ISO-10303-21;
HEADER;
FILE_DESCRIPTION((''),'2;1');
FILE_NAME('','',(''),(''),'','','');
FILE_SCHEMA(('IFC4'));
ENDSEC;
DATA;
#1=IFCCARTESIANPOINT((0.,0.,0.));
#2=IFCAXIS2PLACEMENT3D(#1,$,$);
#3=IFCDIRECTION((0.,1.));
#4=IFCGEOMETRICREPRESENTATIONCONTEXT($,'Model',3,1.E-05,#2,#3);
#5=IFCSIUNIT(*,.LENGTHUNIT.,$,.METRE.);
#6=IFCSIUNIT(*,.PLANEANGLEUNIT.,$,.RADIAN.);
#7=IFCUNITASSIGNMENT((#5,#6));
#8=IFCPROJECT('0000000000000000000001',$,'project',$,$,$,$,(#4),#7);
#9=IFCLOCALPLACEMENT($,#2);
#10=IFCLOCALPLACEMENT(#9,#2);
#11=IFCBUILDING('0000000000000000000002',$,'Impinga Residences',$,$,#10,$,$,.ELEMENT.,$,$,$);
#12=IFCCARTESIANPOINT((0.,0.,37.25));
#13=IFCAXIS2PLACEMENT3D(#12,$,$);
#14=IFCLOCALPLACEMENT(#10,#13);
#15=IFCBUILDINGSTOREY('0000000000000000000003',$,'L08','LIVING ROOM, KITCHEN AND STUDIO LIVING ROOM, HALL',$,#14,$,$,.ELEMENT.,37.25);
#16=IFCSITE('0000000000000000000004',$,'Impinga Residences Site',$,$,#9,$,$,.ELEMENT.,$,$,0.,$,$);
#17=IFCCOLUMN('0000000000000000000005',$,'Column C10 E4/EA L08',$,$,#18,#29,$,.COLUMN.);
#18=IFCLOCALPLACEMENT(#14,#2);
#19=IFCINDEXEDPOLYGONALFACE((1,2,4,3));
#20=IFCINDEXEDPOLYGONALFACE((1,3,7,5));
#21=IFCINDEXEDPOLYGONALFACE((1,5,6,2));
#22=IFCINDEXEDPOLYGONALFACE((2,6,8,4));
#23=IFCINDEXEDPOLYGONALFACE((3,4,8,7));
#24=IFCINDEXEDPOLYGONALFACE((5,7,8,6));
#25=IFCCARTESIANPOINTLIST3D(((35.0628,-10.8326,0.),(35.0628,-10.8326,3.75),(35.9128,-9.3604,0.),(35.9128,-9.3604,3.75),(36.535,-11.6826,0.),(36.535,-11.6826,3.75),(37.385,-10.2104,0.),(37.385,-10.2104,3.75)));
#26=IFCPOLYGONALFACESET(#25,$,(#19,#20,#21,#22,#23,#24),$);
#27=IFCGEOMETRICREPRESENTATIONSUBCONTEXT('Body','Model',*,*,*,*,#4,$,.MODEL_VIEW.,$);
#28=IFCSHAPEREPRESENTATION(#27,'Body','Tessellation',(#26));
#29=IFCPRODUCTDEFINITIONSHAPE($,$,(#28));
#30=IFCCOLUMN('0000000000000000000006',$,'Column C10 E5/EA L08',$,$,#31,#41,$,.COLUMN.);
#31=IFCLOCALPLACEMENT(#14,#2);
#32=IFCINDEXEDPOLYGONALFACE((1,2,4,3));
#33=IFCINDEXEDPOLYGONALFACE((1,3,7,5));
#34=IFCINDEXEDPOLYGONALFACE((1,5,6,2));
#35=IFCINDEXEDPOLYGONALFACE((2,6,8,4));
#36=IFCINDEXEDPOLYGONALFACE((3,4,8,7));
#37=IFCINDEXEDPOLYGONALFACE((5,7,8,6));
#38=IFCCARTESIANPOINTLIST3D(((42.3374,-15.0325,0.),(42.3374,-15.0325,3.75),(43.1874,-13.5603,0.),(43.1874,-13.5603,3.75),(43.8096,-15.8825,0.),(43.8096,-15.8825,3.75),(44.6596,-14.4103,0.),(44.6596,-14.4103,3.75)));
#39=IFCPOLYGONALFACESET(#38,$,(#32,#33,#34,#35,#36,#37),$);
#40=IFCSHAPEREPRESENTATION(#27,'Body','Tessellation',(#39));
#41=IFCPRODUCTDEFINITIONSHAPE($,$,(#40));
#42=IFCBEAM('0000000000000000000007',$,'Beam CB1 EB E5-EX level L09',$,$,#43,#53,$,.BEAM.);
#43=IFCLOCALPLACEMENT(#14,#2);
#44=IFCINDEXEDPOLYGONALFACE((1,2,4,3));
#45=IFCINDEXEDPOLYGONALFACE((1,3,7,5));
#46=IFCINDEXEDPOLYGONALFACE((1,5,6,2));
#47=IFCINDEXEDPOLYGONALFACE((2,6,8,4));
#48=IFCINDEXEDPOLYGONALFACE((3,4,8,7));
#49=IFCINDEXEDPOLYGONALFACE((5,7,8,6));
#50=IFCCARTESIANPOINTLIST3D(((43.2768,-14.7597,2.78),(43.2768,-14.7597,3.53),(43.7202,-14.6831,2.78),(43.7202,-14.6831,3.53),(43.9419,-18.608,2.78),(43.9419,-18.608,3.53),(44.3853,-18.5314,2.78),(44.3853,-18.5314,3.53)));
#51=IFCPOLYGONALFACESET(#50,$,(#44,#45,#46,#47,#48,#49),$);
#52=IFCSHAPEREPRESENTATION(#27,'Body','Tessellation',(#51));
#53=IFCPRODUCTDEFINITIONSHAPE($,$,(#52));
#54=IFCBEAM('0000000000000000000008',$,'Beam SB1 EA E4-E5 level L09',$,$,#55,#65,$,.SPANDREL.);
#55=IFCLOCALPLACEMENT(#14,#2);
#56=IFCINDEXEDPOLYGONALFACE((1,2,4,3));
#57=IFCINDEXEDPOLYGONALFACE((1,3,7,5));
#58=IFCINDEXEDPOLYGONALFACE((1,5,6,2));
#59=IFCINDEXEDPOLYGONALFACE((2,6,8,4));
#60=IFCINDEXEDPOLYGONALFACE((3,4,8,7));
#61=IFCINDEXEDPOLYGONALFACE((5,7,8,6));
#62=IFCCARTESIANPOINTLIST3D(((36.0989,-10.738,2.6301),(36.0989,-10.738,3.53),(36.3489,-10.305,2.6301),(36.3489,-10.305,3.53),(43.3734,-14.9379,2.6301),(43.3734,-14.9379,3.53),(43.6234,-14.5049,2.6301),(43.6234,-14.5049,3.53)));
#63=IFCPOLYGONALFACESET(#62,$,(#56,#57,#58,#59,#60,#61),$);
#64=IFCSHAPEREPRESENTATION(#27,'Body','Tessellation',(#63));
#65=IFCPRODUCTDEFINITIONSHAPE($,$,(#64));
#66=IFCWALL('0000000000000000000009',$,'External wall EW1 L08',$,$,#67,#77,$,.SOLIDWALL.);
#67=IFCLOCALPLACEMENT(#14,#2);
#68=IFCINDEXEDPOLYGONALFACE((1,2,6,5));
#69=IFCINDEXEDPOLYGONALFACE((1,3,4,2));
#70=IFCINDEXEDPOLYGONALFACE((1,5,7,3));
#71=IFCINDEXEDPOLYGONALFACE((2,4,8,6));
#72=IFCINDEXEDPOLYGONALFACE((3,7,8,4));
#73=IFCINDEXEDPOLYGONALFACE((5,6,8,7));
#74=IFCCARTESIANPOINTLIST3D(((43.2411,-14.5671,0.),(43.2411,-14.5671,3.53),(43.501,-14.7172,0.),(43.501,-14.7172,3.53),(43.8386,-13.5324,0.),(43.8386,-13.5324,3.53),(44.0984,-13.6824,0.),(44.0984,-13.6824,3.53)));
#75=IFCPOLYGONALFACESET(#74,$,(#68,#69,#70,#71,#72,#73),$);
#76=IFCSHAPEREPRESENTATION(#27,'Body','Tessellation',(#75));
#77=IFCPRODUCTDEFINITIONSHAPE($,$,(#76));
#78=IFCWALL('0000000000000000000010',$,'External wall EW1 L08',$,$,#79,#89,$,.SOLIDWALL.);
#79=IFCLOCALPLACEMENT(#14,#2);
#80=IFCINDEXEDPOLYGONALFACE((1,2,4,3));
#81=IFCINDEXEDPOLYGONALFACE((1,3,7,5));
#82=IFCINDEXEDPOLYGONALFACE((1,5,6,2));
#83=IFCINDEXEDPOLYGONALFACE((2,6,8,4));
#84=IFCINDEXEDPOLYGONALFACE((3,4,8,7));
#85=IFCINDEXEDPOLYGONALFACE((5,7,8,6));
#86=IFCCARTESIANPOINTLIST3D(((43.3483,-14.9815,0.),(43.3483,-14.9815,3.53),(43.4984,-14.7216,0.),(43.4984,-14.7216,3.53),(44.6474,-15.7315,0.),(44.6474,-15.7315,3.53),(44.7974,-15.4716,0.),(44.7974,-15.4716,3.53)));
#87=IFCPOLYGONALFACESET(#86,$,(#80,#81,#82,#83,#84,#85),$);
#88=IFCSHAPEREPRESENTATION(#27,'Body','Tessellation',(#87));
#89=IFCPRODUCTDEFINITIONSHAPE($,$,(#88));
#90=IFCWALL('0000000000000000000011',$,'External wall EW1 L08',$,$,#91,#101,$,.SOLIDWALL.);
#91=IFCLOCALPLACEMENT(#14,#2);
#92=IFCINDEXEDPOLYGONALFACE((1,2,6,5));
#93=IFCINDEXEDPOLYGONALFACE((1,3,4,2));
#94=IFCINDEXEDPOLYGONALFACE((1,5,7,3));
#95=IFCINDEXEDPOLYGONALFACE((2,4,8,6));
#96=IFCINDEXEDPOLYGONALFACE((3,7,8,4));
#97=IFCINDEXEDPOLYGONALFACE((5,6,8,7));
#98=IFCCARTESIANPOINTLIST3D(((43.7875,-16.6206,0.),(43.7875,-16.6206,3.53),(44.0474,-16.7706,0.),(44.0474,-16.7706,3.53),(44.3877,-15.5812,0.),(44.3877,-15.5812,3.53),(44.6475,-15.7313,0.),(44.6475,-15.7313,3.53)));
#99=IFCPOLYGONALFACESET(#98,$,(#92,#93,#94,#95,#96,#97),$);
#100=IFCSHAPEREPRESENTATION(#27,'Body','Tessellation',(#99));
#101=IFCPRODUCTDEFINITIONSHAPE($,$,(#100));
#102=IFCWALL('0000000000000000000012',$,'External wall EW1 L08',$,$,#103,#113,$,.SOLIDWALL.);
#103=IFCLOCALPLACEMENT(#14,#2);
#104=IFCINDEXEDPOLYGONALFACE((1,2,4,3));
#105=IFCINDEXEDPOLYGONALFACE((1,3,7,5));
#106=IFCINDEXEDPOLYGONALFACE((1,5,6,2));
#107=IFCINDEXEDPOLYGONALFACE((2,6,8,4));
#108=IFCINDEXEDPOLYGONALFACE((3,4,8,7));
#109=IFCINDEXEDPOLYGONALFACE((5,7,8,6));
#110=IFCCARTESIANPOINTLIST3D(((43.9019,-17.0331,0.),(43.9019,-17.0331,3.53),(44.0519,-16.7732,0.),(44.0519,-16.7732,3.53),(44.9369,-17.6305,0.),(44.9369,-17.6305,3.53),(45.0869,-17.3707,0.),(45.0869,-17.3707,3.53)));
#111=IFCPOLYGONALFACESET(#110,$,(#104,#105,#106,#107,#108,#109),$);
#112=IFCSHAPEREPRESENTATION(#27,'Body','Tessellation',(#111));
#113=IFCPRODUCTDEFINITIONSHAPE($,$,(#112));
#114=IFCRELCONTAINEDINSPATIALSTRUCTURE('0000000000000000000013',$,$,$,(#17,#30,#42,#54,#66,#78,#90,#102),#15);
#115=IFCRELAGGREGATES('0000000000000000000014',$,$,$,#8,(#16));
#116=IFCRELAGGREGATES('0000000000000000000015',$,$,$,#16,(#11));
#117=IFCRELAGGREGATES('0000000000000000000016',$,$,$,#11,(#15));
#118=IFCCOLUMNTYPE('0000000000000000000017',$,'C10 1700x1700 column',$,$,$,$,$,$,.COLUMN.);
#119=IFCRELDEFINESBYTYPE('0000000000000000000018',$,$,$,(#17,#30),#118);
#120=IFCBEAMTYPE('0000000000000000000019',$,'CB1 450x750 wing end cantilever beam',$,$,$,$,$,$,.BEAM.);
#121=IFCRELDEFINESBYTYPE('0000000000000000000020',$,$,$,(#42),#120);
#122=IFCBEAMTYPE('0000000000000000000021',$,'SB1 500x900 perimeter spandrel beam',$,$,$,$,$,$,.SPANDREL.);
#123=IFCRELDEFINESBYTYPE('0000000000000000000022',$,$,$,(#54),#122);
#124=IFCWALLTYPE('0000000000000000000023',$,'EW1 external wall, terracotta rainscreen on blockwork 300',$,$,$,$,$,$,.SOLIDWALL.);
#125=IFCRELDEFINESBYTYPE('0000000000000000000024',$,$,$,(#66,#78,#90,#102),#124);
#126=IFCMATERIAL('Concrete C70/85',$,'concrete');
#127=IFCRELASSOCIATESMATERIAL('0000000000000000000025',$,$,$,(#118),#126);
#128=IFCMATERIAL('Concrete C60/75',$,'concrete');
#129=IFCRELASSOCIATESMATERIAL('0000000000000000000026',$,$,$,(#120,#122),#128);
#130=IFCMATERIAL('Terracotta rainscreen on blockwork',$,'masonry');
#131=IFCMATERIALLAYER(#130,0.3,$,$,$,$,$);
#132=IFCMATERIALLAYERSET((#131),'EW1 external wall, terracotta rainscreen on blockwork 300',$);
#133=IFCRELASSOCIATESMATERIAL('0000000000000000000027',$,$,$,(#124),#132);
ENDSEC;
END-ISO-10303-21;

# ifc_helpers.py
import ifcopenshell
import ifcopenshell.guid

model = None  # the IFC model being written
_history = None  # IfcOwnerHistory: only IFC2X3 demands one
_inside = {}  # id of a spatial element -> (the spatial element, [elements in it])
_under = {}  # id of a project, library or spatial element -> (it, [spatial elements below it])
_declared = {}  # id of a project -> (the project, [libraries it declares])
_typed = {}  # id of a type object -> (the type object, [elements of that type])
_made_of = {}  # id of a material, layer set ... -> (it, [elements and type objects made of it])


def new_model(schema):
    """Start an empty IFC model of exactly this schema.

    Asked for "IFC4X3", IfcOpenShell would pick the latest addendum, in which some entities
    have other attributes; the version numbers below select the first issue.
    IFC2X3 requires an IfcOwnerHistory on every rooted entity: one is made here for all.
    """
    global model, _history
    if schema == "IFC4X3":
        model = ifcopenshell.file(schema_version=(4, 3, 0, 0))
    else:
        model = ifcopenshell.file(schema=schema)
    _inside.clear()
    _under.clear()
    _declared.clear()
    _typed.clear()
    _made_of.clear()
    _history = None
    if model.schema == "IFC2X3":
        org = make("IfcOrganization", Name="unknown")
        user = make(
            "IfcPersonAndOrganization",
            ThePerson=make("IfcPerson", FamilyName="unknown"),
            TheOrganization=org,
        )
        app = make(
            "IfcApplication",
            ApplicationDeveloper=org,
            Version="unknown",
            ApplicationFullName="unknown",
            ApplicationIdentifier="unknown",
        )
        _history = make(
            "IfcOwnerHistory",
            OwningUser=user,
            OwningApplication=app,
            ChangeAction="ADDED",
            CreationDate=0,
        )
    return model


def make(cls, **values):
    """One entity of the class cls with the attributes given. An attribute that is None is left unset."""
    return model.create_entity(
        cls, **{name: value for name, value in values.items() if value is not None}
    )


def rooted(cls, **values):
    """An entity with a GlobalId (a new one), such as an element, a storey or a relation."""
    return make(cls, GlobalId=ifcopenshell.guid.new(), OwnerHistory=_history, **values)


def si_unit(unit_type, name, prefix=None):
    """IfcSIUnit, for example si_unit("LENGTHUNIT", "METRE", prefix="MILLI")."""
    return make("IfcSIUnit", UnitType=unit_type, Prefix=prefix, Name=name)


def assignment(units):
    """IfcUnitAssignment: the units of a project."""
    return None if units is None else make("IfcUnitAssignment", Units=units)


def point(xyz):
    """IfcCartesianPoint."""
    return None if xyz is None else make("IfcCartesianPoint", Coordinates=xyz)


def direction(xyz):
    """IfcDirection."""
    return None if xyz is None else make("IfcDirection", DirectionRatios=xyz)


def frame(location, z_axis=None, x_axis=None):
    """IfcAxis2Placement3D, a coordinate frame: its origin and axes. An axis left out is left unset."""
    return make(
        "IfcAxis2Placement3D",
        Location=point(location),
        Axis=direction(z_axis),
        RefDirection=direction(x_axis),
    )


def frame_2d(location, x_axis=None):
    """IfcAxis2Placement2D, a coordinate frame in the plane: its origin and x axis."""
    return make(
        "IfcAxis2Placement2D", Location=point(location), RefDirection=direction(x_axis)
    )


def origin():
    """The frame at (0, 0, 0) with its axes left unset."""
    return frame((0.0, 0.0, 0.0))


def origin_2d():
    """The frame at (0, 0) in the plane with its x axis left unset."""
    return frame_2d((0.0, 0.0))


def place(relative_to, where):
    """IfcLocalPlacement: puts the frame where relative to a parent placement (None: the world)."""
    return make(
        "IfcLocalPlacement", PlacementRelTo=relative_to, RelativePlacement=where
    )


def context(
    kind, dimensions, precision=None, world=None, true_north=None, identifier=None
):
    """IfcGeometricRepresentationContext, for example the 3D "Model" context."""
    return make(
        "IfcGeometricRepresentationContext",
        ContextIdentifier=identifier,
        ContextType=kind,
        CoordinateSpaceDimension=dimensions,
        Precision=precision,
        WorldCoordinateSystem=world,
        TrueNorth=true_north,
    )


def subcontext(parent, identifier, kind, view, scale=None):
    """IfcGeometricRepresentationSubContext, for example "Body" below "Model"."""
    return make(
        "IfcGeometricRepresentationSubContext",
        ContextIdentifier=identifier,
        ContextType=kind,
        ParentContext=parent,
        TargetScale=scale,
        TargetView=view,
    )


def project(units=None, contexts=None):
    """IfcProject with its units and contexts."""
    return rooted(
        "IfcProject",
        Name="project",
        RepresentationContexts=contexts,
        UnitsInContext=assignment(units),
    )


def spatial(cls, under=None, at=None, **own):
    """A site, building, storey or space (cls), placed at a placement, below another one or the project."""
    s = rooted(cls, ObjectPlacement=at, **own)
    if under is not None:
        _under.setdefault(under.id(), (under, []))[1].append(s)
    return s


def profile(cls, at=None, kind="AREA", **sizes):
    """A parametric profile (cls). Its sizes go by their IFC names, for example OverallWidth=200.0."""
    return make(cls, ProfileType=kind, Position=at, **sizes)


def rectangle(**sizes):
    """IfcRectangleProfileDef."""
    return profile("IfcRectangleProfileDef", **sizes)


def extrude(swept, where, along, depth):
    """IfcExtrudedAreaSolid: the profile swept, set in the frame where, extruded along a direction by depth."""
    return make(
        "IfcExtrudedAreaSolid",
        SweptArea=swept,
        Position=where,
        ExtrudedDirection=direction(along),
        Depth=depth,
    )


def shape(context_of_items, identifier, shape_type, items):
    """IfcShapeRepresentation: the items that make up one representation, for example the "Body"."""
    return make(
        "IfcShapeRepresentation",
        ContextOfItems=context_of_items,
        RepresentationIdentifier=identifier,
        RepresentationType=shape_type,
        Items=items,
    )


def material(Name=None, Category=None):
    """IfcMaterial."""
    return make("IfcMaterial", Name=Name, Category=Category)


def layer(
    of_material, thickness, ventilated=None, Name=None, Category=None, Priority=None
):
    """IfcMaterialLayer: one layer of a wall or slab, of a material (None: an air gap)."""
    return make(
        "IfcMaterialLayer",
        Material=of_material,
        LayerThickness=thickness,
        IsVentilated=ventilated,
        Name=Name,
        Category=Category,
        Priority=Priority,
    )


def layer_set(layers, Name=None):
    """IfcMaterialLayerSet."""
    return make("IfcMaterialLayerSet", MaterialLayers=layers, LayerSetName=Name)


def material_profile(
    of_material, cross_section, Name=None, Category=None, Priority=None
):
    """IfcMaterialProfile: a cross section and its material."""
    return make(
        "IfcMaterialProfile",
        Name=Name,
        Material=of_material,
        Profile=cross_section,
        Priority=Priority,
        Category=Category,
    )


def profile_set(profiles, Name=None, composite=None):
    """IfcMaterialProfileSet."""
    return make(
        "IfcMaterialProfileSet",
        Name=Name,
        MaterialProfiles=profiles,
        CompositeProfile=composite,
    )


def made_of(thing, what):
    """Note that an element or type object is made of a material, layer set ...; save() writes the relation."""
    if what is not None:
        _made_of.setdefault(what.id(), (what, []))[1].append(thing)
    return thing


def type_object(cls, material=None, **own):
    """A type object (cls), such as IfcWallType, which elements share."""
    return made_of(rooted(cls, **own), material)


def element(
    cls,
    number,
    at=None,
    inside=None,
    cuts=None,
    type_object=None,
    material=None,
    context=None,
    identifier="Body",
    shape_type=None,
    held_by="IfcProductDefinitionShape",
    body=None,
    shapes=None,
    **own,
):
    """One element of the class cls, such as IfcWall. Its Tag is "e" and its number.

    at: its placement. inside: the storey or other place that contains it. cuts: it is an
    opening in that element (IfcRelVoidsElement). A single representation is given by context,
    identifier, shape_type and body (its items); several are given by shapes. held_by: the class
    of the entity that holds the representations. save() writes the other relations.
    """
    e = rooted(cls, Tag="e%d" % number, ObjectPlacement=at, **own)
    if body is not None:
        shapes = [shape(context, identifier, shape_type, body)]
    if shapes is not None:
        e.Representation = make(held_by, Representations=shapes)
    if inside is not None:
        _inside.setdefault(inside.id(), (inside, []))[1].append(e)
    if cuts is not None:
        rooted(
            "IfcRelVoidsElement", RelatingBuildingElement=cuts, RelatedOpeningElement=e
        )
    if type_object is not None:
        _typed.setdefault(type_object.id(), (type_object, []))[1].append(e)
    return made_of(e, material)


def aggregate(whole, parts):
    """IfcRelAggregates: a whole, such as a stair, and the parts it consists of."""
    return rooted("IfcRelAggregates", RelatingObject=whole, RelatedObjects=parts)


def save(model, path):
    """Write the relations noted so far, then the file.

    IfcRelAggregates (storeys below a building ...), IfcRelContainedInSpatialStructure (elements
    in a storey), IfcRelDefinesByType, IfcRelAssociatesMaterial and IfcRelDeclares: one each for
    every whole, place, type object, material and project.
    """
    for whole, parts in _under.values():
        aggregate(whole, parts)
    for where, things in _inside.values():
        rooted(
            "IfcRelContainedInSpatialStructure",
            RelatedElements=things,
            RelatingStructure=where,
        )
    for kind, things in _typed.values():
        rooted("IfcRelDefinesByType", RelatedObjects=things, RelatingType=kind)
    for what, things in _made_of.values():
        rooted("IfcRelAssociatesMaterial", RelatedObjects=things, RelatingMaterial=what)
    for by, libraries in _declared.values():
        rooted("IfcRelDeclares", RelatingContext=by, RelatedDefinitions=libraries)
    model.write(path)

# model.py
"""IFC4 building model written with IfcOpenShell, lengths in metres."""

from ifc_helpers import new_model, si_unit, direction, frame, frame_2d, origin, origin_2d, place, context, subcontext, project, spatial, rectangle, extrude, material, layer, layer_set, material_profile, profile_set, type_object, element, save


model = new_model("IFC4")

# Units and contexts
model_context = context("Model", 3, precision=1e-05, world=origin(), true_north=direction((0.0, 1.0)))
body_context = subcontext(model_context, "Body", "Model", "MODEL_VIEW")
ifc_project = project(units=[si_unit("LENGTHUNIT", "METRE"), si_unit("PLANEANGLEUNIT", "RADIAN")], contexts=[model_context])

# Site, building, storey
site_placement = place(None, origin())
site = spatial("IfcSite", under=ifc_project, at=site_placement, Name="Impinga Residences Site", CompositionType="ELEMENT", RefElevation=0.0)
building_placement = place(site_placement, origin())
building = spatial("IfcBuilding", under=site, at=building_placement, Name="Impinga Residences", CompositionType="ELEMENT")
storey_placement = place(building_placement, frame((0.0, 0.0, 37.25)))
storey = spatial("IfcBuildingStorey", under=building, at=storey_placement, Name="L08", Description="LIVING ROOM, KITCHEN AND STUDIO LIVING ROOM, HALL", CompositionType="ELEMENT", Elevation=37.25)

# Columns
ifc_material_1 = material(Name="Concrete C70/85", Category="concrete")
ifc_material_profile_1 = material_profile(ifc_material_1, rectangle(XDim=1.7, YDim=1.7, at=origin_2d()), Name="RC 1700x1700")
ifc_profile_set_1 = profile_set([ifc_material_profile_1], Name="Concrete C70/85")
column_type = type_object("IfcColumnType", Name="C10 1700x1700 column", PredefinedType="COLUMN", material=ifc_profile_set_1)
for number, where, z_axis, x_axis, name in (
    (1, (36.2239, -10.5215, 0.0), (0.0, 0.0, 1.0), (-0.5, -0.866025, 0.0), "Column C10 E4/EA L08"),
    (2, (43.4985, -14.7214, 0.0), (0.0, 0.0, 1.0), (-0.5, -0.866025, 0.0), "Column C10 E5/EA L08"),
):
    element("IfcColumn", number, at=place(storey_placement, frame(where, z_axis=z_axis, x_axis=x_axis)), inside=storey, type_object=column_type, Name=name, PredefinedType="COLUMN", context=body_context, shape_type="SweptSolid", body=[
        extrude(rectangle(XDim=1.7, YDim=1.7, at=origin_2d()), origin(), (0.0, 0.0, 1.0), 3.75),
    ])

# Beams
ifc_material_2 = material(Name="Concrete C60/75", Category="concrete")
ifc_material_profile_2 = material_profile(ifc_material_2, rectangle(XDim=0.45, YDim=0.75, at=origin_2d()), Name="RC 450x750")
ifc_profile_set_2 = profile_set([ifc_material_profile_2], Name="Concrete C60/75")
beam_type_1 = type_object("IfcBeamType", Name="CB1 450x750 wing end cantilever beam", PredefinedType="BEAM", material=ifc_profile_set_2)
beam_1_placement = place(storey_placement, frame((43.4985, -14.7214, 3.155), z_axis=(0.170296, -0.985393, 0.0), x_axis=(0.985393, 0.170296, 0.0)))
element("IfcBeam", 3, at=beam_1_placement, inside=storey, type_object=beam_type_1, Name="Beam CB1 EB E5-EX level L09", PredefinedType="BEAM", context=body_context, shape_type="SweptSolid", body=[
    extrude(rectangle(XDim=0.45, YDim=0.75, at=origin_2d()), origin(), (0.0, 0.0, 1.0), 3.9053),
])
ifc_material_profile_3 = material_profile(ifc_material_2, rectangle(XDim=0.5, YDim=0.8999, at=origin_2d()), Name="RC 500x900")
ifc_profile_set_3 = profile_set([ifc_material_profile_3], Name="Concrete C60/75")
beam_type_2 = type_object("IfcBeamType", Name="SB1 500x900 perimeter spandrel beam", PredefinedType="SPANDREL", material=ifc_profile_set_3)
beam_2_placement = place(storey_placement, frame((36.2239, -10.5215, 3.0801), z_axis=(0.866029, -0.499993, 0.0), x_axis=(0.499993, 0.866029, 0.0)))
element("IfcBeam", 4, at=beam_2_placement, inside=storey, type_object=beam_type_2, Name="Beam SB1 EA E4-E5 level L09", PredefinedType="SPANDREL", context=body_context, shape_type="SweptSolid", body=[
    extrude(rectangle(XDim=0.5, YDim=0.8999, at=origin_2d()), origin(), (0.0, 0.0, 1.0), 8.3999),
])

# Walls
ifc_material_3 = material(Name="Terracotta rainscreen on blockwork", Category="masonry")
ifc_layer_1 = layer(ifc_material_3, 0.3)
ifc_layer_set_1 = layer_set([ifc_layer_1], Name="EW1 external wall, terracotta rainscreen on blockwork 300")
wall_type_1 = type_object("IfcWallType", Name="EW1 external wall, terracotta rainscreen on blockwork 300", PredefinedType="SOLIDWALL", material=ifc_layer_set_1)
wall_1_placement = place(storey_placement, frame((43.9685, -13.6074, 0.0), z_axis=(0.0, 0.0, 1.0), x_axis=(-0.500029, -0.866009, 0.0)))
element("IfcWall", 5, at=wall_1_placement, inside=storey, type_object=wall_type_1, Name="External wall EW1 L08", PredefinedType="SOLIDWALL", context=body_context, shape_type="SweptSolid", body=[
    extrude(rectangle(XDim=1.1948, YDim=0.3, at=frame_2d((0.5974, 0.0))), origin(), (0.0, 0.0, 1.0), 3.53),
])
wall_2_placement = place(storey_placement, frame((43.4233, -14.8516, 0.0), z_axis=(0.0, 0.0, 1.0), x_axis=(0.866031, -0.49999, 0.0)))
element("IfcWall", 6, at=wall_2_placement, inside=storey, type_object=wall_type_1, Name="External wall EW1 L08", PredefinedType="SOLIDWALL", context=body_context, shape_type="SweptSolid", body=[
    extrude(rectangle(XDim=1.5, YDim=0.3, at=frame_2d((0.75, 0.0))), origin(), (0.0, 0.0, 1.0), 3.53),
])
wall_3_placement = place(storey_placement, frame((44.5176, -15.6562, 0.0), z_axis=(0.0, 0.0, 1.0), x_axis=(-0.500034, -0.866006, 0.0)))
element("IfcWall", 7, at=wall_3_placement, inside=storey, type_object=wall_type_1, Name="External wall EW1 L08", PredefinedType="SOLIDWALL", context=body_context, shape_type="SweptSolid", body=[
    extrude(rectangle(XDim=1.2002, YDim=0.3, at=frame_2d((0.6001, 0.0))), origin(), (0.0, 0.0, 1.0), 3.53),
])
wall_4_placement = place(storey_placement, frame((43.9768, -16.9031, 0.0), z_axis=(0.0, 0.0, 1.0), x_axis=(0.86606, -0.499941, 0.0)))
element("IfcWall", 8, at=wall_4_placement, inside=storey, type_object=wall_type_1, Name="External wall EW1 L08", PredefinedType="SOLIDWALL", context=body_context, shape_type="SweptSolid", body=[
    extrude(rectangle(XDim=1.1951, YDim=0.3, at=frame_2d((0.5977, 0.0))), origin(), (0.0, 0.0, 1.0), 3.53),
])

save(model, "model.ifc")
